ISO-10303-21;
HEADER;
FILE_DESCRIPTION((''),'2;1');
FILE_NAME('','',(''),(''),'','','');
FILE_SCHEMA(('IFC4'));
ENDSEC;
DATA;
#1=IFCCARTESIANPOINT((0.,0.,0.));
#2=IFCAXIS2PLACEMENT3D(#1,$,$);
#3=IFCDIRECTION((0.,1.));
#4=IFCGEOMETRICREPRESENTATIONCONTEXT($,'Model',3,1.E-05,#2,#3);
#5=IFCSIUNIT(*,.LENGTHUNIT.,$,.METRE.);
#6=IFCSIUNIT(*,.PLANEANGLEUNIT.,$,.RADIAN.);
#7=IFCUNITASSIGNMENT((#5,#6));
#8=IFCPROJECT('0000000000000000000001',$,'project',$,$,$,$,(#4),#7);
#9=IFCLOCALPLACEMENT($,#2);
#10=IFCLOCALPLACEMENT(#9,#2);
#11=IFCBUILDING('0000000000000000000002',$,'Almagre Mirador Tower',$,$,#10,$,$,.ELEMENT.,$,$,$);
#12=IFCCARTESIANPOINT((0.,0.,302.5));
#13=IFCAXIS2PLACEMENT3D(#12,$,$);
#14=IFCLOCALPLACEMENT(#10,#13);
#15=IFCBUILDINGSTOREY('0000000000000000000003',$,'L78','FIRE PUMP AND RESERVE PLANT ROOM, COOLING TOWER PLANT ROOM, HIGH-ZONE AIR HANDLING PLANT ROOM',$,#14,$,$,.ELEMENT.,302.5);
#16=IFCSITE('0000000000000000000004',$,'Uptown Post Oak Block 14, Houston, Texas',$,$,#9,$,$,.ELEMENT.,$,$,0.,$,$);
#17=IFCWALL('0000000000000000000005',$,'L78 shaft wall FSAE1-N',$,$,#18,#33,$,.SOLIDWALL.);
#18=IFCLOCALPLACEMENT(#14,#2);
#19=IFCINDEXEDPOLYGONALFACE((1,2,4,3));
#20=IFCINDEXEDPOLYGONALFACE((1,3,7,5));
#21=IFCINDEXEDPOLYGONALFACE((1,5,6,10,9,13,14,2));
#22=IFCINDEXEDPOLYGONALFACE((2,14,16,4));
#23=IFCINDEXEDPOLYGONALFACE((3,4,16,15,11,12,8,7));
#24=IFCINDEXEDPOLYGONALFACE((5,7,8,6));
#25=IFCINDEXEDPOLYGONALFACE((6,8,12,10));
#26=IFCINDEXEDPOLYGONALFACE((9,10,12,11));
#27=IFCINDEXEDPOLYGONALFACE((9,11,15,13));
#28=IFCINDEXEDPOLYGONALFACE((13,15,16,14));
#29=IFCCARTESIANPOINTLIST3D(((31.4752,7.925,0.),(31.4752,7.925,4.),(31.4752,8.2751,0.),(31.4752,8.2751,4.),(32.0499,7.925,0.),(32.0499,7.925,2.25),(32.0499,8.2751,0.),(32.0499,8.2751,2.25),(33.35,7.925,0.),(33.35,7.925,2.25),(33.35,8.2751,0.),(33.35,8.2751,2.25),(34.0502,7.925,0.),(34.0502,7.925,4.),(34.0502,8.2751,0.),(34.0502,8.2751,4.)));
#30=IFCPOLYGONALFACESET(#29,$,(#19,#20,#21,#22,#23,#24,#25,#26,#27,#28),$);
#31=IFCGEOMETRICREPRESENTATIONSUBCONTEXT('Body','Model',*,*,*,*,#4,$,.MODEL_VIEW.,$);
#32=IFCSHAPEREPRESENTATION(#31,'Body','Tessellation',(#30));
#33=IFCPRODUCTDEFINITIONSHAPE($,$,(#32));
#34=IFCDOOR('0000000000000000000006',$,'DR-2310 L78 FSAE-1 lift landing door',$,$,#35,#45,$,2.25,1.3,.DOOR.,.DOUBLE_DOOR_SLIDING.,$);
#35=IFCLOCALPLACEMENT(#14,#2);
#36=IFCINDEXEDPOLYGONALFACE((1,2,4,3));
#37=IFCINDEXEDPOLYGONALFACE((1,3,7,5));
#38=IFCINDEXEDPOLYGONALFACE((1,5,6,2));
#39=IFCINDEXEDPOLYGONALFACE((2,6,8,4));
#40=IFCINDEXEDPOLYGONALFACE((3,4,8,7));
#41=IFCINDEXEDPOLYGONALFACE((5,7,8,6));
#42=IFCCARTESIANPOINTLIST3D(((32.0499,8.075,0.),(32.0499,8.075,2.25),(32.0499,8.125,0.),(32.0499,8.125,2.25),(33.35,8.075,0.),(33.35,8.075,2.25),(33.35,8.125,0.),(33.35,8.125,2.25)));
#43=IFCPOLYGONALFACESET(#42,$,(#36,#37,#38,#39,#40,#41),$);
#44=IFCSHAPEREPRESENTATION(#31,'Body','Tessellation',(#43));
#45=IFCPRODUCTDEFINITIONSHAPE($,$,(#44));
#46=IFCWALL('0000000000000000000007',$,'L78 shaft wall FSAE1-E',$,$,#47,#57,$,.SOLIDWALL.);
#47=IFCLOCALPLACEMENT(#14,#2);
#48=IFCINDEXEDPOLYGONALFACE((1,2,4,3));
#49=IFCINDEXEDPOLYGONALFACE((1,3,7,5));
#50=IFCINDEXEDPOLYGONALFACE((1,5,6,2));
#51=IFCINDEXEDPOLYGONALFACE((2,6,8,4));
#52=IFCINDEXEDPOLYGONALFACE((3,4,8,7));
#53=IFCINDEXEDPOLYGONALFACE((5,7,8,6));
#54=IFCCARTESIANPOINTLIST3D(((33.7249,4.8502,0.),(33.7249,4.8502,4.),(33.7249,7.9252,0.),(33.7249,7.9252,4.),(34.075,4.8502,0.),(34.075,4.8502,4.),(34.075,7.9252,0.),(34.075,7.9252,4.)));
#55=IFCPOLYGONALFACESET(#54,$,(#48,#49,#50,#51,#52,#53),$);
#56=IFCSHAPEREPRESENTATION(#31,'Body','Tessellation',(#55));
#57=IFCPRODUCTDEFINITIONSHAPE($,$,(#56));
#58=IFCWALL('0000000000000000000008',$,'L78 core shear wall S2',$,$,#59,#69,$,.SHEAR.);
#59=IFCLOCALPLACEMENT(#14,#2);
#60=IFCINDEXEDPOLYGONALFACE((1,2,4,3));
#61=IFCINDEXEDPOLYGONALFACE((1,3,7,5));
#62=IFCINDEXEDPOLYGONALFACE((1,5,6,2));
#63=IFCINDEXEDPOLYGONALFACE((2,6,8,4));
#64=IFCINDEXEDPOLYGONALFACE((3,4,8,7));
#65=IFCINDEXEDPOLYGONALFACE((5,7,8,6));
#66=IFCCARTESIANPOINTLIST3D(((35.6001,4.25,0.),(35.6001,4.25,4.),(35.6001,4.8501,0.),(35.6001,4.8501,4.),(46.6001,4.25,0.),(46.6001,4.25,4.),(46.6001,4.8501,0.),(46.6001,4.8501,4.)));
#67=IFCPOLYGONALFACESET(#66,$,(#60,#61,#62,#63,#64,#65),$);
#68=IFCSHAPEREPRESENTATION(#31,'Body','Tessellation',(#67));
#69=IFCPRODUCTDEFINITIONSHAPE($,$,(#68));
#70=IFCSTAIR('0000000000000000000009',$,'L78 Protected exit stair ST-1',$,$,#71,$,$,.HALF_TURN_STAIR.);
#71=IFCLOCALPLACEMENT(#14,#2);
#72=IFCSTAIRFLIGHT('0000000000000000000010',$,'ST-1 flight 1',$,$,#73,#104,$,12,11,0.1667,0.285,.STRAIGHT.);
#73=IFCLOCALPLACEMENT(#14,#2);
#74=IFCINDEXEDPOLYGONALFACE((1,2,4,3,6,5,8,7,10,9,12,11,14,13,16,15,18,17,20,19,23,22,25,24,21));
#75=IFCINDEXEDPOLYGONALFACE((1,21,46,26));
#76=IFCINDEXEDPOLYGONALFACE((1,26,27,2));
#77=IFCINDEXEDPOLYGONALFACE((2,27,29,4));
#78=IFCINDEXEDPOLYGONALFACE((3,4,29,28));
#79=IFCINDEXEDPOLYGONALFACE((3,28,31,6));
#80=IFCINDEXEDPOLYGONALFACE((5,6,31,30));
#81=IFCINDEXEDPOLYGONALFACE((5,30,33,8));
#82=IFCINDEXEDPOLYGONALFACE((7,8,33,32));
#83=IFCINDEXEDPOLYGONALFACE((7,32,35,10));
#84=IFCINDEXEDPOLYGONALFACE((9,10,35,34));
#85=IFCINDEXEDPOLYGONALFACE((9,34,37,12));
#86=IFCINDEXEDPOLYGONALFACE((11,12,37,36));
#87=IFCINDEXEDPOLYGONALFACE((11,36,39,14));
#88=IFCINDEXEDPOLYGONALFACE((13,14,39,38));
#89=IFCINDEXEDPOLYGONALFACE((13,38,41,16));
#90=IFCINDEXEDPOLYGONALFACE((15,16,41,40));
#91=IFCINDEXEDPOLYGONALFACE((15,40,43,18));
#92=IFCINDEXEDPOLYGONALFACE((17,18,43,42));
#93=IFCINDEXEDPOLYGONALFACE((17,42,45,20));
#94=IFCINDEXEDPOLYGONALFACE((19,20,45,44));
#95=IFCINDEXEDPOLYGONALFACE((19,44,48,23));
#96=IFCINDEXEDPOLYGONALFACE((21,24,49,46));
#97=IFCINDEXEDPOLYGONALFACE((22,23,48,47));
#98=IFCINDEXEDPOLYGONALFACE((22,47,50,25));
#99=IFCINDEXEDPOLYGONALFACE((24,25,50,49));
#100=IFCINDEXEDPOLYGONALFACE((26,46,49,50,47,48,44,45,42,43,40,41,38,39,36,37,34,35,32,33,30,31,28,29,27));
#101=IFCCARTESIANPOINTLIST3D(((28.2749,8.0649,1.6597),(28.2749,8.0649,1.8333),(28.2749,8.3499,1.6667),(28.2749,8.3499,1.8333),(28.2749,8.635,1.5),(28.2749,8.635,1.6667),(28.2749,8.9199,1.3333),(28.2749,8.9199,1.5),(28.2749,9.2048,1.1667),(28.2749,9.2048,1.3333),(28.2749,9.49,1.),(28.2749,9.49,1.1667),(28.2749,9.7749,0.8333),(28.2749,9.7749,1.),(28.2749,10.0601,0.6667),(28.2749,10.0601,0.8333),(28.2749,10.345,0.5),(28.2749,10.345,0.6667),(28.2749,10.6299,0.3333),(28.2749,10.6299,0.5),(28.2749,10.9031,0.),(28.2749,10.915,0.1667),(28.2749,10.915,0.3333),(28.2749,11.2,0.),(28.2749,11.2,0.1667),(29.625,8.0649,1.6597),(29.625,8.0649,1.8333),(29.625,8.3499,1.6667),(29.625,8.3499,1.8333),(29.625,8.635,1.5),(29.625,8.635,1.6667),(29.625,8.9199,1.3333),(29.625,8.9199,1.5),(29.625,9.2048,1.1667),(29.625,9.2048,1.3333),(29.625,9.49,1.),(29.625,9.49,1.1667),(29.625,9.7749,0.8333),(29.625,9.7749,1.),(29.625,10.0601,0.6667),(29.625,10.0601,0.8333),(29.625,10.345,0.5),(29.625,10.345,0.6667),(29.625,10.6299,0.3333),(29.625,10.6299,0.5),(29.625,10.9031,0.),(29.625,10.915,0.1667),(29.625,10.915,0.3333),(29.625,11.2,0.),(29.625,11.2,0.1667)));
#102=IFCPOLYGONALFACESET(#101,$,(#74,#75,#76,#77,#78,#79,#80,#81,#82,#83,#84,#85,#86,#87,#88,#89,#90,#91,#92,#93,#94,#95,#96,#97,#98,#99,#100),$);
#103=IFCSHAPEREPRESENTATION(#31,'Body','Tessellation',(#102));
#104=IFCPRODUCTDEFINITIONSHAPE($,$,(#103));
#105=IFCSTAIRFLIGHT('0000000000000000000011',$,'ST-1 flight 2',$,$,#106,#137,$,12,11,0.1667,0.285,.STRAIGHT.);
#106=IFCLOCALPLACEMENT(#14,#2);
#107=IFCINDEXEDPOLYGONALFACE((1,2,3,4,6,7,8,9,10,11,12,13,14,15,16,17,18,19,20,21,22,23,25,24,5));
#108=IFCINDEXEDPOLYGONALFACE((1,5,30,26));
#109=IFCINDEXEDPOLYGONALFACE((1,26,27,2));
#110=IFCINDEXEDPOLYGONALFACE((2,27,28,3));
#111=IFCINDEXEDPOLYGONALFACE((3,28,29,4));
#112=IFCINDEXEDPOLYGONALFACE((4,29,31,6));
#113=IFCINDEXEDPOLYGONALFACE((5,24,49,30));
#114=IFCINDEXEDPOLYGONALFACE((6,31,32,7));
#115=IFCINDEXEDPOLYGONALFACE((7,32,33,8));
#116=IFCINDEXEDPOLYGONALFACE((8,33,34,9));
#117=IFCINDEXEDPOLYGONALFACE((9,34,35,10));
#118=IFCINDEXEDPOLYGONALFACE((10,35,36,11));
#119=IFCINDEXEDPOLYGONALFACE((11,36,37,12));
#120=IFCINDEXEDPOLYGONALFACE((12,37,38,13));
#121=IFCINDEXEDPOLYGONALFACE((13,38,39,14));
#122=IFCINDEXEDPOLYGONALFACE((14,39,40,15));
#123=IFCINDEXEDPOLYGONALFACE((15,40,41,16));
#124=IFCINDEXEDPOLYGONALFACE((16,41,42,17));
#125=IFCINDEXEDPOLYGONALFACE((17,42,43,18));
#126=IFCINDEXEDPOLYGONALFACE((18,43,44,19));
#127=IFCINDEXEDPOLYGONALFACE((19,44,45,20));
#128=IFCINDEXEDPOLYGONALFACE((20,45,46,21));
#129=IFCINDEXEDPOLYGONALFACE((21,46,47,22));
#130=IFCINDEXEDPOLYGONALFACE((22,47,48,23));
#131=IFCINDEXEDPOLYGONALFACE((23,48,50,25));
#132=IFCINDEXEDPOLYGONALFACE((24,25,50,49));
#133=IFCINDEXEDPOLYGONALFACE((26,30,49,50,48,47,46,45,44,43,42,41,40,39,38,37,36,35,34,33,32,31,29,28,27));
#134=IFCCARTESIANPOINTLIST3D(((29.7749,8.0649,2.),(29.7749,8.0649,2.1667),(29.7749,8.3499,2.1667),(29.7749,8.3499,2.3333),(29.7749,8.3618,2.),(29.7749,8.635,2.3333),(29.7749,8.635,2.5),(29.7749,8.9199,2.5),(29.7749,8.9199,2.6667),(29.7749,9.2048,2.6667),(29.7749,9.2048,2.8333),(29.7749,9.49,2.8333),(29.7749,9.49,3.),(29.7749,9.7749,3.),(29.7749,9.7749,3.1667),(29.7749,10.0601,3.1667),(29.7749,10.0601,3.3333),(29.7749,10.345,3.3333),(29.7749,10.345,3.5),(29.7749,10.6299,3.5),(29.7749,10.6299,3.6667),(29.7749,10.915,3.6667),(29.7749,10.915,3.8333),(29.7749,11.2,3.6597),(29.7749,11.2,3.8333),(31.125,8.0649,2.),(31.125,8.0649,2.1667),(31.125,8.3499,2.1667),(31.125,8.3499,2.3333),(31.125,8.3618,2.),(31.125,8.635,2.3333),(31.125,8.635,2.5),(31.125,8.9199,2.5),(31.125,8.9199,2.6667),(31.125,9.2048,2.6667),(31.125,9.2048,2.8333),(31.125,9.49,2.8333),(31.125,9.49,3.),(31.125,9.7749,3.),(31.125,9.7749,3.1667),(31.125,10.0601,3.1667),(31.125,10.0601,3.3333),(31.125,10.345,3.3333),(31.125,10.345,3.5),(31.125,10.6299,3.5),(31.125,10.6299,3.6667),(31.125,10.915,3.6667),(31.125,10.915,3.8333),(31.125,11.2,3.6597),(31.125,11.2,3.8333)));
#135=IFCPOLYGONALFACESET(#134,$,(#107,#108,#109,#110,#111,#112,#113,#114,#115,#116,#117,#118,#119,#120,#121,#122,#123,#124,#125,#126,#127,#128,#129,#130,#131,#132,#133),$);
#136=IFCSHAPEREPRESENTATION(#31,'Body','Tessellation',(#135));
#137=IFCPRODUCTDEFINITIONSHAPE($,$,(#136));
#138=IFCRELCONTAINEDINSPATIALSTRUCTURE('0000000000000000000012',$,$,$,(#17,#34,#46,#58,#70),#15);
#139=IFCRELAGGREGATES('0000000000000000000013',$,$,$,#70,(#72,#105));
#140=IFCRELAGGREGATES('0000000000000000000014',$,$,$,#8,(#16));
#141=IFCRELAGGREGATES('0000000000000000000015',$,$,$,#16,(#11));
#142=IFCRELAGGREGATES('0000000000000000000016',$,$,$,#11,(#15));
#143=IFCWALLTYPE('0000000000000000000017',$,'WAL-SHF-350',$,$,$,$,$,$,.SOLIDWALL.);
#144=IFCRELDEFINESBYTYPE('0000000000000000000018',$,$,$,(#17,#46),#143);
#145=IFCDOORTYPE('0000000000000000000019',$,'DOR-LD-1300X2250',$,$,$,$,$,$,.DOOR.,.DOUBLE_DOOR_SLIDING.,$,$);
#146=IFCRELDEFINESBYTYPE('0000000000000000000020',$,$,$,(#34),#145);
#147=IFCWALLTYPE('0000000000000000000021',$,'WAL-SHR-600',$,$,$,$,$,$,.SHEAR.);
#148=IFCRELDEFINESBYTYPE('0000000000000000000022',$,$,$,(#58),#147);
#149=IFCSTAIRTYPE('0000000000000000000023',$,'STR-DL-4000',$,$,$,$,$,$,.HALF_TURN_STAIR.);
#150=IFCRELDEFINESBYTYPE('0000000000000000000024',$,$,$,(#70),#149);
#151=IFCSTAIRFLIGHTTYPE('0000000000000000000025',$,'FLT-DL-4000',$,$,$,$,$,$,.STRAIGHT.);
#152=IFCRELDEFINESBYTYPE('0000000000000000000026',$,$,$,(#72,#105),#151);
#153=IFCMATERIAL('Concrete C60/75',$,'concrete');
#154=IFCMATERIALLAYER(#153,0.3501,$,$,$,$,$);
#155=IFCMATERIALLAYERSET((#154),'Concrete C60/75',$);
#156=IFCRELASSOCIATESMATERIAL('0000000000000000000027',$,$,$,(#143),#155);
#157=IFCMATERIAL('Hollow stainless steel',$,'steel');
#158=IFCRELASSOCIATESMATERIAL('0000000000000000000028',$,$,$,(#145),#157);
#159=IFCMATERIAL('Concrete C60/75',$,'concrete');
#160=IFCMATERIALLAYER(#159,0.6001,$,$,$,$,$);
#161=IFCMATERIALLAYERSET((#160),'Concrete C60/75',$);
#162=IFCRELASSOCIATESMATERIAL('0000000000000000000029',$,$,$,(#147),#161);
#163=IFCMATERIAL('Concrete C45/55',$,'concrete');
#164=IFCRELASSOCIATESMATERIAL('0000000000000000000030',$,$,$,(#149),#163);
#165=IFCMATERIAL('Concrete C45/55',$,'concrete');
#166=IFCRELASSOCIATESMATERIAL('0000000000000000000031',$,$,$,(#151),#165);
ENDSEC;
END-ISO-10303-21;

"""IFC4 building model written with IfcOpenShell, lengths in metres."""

from ifc_helpers import new_model, si_unit, direction, frame, frame_2d, origin, place, context, subcontext, project, spatial, polyline, rectangle, outline, extrude, material, layer, layer_set, type_object, element, fill, aggregate, save


model = new_model("IFC4")

# Units and contexts
model_context = context("Model", 3, precision=1e-05, world=origin(), true_north=direction((0.0, 1.0)))
body_context = subcontext(model_context, "Body", "Model", "MODEL_VIEW")
ifc_project = project(units=[si_unit("LENGTHUNIT", "METRE"), si_unit("PLANEANGLEUNIT", "RADIAN")], contexts=[model_context])

# Site, building, storey
site_placement = place(None, origin())
site = spatial("IfcSite", under=ifc_project, at=site_placement, Name="Uptown Post Oak Block 14, Houston, Texas", CompositionType="ELEMENT", RefElevation=0.0)
building_placement = place(site_placement, origin())
building = spatial("IfcBuilding", under=site, at=building_placement, Name="Almagre Mirador Tower", CompositionType="ELEMENT")
storey_placement = place(building_placement, frame((0.0, 0.0, 302.5)))
storey = spatial("IfcBuildingStorey", under=building, at=storey_placement, Name="L78", Description="FIRE PUMP AND RESERVE PLANT ROOM, COOLING TOWER PLANT ROOM, HIGH-ZONE AIR HANDLING PLANT ROOM", CompositionType="ELEMENT", Elevation=302.5)

# Shared definitions
ifc_material_1 = material(Name="Concrete C60/75", Category="concrete")
ifc_layer_1 = layer(ifc_material_1, 0.3501)
ifc_layer_set_1 = layer_set([ifc_layer_1], Name="Concrete C60/75")
wall_type_1 = type_object("IfcWallType", Name="WAL-SHF-350", PredefinedType="SOLIDWALL", material=ifc_layer_set_1)

# Wall, opening, door
wall_1_placement = place(storey_placement, frame((31.4751, 8.1001, 0.0), z_axis=(0.0, 0.0, 1.0), x_axis=(1.0, 0.0, 0.0)))
wall_1 = element("IfcWall", 1, at=wall_1_placement, inside=storey, type_object=wall_type_1, Name="L78 shaft wall FSAE1-N", PredefinedType="SOLIDWALL", context=body_context, shape_type="SweptSolid", body=[
    extrude(rectangle(XDim=2.575, YDim=0.3501, at=frame_2d((1.2876, 0.0))), origin(), (0.0, 0.0, 1.0), 4.0),
])
opening_1_placement = place(wall_1_placement, frame((0.575, 0.0, 0.0)))
opening_1 = element("IfcOpeningElement", 2, at=opening_1_placement, cuts=wall_1, PredefinedType="OPENING", context=body_context, shape_type="SweptSolid", body=[
    extrude(rectangle(XDim=1.3, YDim=2.25, at=frame_2d((0.6499, 1.125))), frame((0.0, 0.185, 0.0), z_axis=(0.0, -1.0, 0.0), x_axis=(1.0, 0.0, 0.0)), (0.0, 0.0, 1.0), 0.3701),
])
ifc_material_2 = material(Name="Hollow stainless steel", Category="steel")
door_type_1 = type_object("IfcDoorType", Name="DOR-LD-1300X2250", OperationType="DOUBLE_DOOR_SLIDING", PredefinedType="DOOR", material=ifc_material_2)
door_1_placement = place(opening_1_placement, origin())
door_1 = element("IfcDoor", 3, at=door_1_placement, inside=storey, type_object=door_type_1, Name="DR-2310 L78 FSAE-1 lift landing door", OperationType="DOUBLE_DOOR_SLIDING", OverallHeight=2.25, OverallWidth=1.3, PredefinedType="DOOR", context=body_context, shape_type="SweptSolid", body=[
    extrude(rectangle(XDim=1.3, YDim=2.25, at=frame_2d((0.6499, 1.125))), frame((0.0, 0.0249, 0.0), z_axis=(0.0, -1.0, 0.0), x_axis=(1.0, 0.0, 0.0)), (0.0, 0.0, 1.0), 0.05),
])
fill(opening_1, door_1)

# Walls
wall_2_placement = place(storey_placement, frame((33.8999, 4.8501, 0.0), z_axis=(0.0, 0.0, 1.0), x_axis=(0.0, 1.0, 0.0)))
element("IfcWall", 4, at=wall_2_placement, inside=storey, type_object=wall_type_1, Name="L78 shaft wall FSAE1-E", PredefinedType="SOLIDWALL", context=body_context, shape_type="SweptSolid", body=[
    extrude(rectangle(XDim=3.075, YDim=0.3501, at=frame_2d((1.5376, 0.0))), origin(), (0.0, 0.0, 1.0), 4.0),
])
ifc_material_3 = material(Name="Concrete C60/75", Category="concrete")
ifc_layer_2 = layer(ifc_material_3, 0.6001)
ifc_layer_set_2 = layer_set([ifc_layer_2], Name="Concrete C60/75")
wall_type_2 = type_object("IfcWallType", Name="WAL-SHR-600", PredefinedType="SHEAR", material=ifc_layer_set_2)
wall_3_placement = place(storey_placement, frame((35.6001, 4.55, 0.0), z_axis=(0.0, 0.0, 1.0), x_axis=(1.0, 0.0, 0.0)))
element("IfcWall", 5, at=wall_3_placement, inside=storey, type_object=wall_type_2, Name="L78 core shear wall S2", PredefinedType="SHEAR", context=body_context, shape_type="SweptSolid", body=[
    extrude(rectangle(XDim=11.0, YDim=0.6001, at=frame_2d((5.5, 0.0))), origin(), (0.0, 0.0, 1.0), 4.0),
])

# Stair, stair flights
ifc_material_4 = material(Name="Concrete C45/55", Category="concrete")
stair_type = type_object("IfcStairType", Name="STR-DL-4000", PredefinedType="HALF_TURN_STAIR", material=ifc_material_4)
stair_placement = place(storey_placement, origin())
stair = element("IfcStair", 6, at=stair_placement, inside=storey, type_object=stair_type, Name="L78 Protected exit stair ST-1", PredefinedType="HALF_TURN_STAIR")
ifc_material_5 = material(Name="Concrete C45/55", Category="concrete")
stair_flight_type = type_object("IfcStairFlightType", Name="FLT-DL-4000", PredefinedType="STRAIGHT", material=ifc_material_5)
stair_flight_1_placement = place(storey_placement, frame((28.95, 11.2, 0.0), z_axis=(0.0, 0.0, 1.0), x_axis=(0.0, -1.0, 0.0)))
stair_flight_1 = element("IfcStairFlight", 7, at=stair_flight_1_placement, type_object=stair_flight_type, Name="ST-1 flight 1", NumberOfRisers=12, NumberOfTreads=11, PredefinedType="STRAIGHT", RiserHeight=0.1667, TreadLength=0.285, context=body_context, shape_type="SweptSolid", body=[
    extrude(outline(polyline([(0.0, 0.0), (0.0, 0.1667), (0.2849, 0.1667), (0.2849, 0.3333), (0.5701, 0.3333), (0.5701, 0.5), (0.855, 0.5), (0.855, 0.6667), (1.1399, 0.6667), (1.1399, 0.8333), (1.425, 0.8333), (1.425, 1.0), (1.71, 1.0), (1.71, 1.1667), (1.9951, 1.1667), (1.9951, 1.3333), (2.28, 1.3333), (2.28, 1.5), (2.5649, 1.5), (2.5649, 1.6667), (2.8501, 1.6667), (2.8501, 1.8333), (3.135, 1.8333), (3.135, 2.0), (3.135, 1.6597), (0.2969, 0.0), (0.0, 0.0)])), frame((0.0, 0.675, 0.0), z_axis=(0.0, -1.0, 0.0), x_axis=(1.0, 0.0, 0.0)), (0.0, 0.0, 1.0), 1.3501),
])
stair_flight_2_placement = place(storey_placement, frame((30.45, 8.0649, 2.0), z_axis=(0.0, 0.0, 1.0), x_axis=(0.0, 1.0, 0.0)))
stair_flight_2 = element("IfcStairFlight", 8, at=stair_flight_2_placement, type_object=stair_flight_type, Name="ST-1 flight 2", NumberOfRisers=12, NumberOfTreads=11, PredefinedType="STRAIGHT", RiserHeight=0.1667, TreadLength=0.285, context=body_context, shape_type="SweptSolid", body=[
    extrude(outline(polyline([(0.0, 0.0), (0.0, 0.1667), (0.2849, 0.1667), (0.2849, 0.3333), (0.5701, 0.3333), (0.5701, 0.5), (0.855, 0.5), (0.855, 0.6667), (1.1399, 0.6667), (1.1399, 0.8333), (1.425, 0.8333), (1.425, 1.0), (1.71, 1.0), (1.71, 1.1667), (1.9951, 1.1667), (1.9951, 1.3333), (2.28, 1.3333), (2.28, 1.5), (2.5649, 1.5), (2.5649, 1.6667), (2.8501, 1.6667), (2.8501, 1.8333), (3.135, 1.8333), (3.135, 2.0), (3.135, 1.6597), (0.2969, 0.0), (0.0, 0.0)])), frame((0.0, 0.675, 0.0), z_axis=(0.0, -1.0, 0.0), x_axis=(1.0, 0.0, 0.0)), (0.0, 0.0, 1.0), 1.3501),
])
aggregate(stair, [stair_flight_1, stair_flight_2])

save(model, "model.ifc")
